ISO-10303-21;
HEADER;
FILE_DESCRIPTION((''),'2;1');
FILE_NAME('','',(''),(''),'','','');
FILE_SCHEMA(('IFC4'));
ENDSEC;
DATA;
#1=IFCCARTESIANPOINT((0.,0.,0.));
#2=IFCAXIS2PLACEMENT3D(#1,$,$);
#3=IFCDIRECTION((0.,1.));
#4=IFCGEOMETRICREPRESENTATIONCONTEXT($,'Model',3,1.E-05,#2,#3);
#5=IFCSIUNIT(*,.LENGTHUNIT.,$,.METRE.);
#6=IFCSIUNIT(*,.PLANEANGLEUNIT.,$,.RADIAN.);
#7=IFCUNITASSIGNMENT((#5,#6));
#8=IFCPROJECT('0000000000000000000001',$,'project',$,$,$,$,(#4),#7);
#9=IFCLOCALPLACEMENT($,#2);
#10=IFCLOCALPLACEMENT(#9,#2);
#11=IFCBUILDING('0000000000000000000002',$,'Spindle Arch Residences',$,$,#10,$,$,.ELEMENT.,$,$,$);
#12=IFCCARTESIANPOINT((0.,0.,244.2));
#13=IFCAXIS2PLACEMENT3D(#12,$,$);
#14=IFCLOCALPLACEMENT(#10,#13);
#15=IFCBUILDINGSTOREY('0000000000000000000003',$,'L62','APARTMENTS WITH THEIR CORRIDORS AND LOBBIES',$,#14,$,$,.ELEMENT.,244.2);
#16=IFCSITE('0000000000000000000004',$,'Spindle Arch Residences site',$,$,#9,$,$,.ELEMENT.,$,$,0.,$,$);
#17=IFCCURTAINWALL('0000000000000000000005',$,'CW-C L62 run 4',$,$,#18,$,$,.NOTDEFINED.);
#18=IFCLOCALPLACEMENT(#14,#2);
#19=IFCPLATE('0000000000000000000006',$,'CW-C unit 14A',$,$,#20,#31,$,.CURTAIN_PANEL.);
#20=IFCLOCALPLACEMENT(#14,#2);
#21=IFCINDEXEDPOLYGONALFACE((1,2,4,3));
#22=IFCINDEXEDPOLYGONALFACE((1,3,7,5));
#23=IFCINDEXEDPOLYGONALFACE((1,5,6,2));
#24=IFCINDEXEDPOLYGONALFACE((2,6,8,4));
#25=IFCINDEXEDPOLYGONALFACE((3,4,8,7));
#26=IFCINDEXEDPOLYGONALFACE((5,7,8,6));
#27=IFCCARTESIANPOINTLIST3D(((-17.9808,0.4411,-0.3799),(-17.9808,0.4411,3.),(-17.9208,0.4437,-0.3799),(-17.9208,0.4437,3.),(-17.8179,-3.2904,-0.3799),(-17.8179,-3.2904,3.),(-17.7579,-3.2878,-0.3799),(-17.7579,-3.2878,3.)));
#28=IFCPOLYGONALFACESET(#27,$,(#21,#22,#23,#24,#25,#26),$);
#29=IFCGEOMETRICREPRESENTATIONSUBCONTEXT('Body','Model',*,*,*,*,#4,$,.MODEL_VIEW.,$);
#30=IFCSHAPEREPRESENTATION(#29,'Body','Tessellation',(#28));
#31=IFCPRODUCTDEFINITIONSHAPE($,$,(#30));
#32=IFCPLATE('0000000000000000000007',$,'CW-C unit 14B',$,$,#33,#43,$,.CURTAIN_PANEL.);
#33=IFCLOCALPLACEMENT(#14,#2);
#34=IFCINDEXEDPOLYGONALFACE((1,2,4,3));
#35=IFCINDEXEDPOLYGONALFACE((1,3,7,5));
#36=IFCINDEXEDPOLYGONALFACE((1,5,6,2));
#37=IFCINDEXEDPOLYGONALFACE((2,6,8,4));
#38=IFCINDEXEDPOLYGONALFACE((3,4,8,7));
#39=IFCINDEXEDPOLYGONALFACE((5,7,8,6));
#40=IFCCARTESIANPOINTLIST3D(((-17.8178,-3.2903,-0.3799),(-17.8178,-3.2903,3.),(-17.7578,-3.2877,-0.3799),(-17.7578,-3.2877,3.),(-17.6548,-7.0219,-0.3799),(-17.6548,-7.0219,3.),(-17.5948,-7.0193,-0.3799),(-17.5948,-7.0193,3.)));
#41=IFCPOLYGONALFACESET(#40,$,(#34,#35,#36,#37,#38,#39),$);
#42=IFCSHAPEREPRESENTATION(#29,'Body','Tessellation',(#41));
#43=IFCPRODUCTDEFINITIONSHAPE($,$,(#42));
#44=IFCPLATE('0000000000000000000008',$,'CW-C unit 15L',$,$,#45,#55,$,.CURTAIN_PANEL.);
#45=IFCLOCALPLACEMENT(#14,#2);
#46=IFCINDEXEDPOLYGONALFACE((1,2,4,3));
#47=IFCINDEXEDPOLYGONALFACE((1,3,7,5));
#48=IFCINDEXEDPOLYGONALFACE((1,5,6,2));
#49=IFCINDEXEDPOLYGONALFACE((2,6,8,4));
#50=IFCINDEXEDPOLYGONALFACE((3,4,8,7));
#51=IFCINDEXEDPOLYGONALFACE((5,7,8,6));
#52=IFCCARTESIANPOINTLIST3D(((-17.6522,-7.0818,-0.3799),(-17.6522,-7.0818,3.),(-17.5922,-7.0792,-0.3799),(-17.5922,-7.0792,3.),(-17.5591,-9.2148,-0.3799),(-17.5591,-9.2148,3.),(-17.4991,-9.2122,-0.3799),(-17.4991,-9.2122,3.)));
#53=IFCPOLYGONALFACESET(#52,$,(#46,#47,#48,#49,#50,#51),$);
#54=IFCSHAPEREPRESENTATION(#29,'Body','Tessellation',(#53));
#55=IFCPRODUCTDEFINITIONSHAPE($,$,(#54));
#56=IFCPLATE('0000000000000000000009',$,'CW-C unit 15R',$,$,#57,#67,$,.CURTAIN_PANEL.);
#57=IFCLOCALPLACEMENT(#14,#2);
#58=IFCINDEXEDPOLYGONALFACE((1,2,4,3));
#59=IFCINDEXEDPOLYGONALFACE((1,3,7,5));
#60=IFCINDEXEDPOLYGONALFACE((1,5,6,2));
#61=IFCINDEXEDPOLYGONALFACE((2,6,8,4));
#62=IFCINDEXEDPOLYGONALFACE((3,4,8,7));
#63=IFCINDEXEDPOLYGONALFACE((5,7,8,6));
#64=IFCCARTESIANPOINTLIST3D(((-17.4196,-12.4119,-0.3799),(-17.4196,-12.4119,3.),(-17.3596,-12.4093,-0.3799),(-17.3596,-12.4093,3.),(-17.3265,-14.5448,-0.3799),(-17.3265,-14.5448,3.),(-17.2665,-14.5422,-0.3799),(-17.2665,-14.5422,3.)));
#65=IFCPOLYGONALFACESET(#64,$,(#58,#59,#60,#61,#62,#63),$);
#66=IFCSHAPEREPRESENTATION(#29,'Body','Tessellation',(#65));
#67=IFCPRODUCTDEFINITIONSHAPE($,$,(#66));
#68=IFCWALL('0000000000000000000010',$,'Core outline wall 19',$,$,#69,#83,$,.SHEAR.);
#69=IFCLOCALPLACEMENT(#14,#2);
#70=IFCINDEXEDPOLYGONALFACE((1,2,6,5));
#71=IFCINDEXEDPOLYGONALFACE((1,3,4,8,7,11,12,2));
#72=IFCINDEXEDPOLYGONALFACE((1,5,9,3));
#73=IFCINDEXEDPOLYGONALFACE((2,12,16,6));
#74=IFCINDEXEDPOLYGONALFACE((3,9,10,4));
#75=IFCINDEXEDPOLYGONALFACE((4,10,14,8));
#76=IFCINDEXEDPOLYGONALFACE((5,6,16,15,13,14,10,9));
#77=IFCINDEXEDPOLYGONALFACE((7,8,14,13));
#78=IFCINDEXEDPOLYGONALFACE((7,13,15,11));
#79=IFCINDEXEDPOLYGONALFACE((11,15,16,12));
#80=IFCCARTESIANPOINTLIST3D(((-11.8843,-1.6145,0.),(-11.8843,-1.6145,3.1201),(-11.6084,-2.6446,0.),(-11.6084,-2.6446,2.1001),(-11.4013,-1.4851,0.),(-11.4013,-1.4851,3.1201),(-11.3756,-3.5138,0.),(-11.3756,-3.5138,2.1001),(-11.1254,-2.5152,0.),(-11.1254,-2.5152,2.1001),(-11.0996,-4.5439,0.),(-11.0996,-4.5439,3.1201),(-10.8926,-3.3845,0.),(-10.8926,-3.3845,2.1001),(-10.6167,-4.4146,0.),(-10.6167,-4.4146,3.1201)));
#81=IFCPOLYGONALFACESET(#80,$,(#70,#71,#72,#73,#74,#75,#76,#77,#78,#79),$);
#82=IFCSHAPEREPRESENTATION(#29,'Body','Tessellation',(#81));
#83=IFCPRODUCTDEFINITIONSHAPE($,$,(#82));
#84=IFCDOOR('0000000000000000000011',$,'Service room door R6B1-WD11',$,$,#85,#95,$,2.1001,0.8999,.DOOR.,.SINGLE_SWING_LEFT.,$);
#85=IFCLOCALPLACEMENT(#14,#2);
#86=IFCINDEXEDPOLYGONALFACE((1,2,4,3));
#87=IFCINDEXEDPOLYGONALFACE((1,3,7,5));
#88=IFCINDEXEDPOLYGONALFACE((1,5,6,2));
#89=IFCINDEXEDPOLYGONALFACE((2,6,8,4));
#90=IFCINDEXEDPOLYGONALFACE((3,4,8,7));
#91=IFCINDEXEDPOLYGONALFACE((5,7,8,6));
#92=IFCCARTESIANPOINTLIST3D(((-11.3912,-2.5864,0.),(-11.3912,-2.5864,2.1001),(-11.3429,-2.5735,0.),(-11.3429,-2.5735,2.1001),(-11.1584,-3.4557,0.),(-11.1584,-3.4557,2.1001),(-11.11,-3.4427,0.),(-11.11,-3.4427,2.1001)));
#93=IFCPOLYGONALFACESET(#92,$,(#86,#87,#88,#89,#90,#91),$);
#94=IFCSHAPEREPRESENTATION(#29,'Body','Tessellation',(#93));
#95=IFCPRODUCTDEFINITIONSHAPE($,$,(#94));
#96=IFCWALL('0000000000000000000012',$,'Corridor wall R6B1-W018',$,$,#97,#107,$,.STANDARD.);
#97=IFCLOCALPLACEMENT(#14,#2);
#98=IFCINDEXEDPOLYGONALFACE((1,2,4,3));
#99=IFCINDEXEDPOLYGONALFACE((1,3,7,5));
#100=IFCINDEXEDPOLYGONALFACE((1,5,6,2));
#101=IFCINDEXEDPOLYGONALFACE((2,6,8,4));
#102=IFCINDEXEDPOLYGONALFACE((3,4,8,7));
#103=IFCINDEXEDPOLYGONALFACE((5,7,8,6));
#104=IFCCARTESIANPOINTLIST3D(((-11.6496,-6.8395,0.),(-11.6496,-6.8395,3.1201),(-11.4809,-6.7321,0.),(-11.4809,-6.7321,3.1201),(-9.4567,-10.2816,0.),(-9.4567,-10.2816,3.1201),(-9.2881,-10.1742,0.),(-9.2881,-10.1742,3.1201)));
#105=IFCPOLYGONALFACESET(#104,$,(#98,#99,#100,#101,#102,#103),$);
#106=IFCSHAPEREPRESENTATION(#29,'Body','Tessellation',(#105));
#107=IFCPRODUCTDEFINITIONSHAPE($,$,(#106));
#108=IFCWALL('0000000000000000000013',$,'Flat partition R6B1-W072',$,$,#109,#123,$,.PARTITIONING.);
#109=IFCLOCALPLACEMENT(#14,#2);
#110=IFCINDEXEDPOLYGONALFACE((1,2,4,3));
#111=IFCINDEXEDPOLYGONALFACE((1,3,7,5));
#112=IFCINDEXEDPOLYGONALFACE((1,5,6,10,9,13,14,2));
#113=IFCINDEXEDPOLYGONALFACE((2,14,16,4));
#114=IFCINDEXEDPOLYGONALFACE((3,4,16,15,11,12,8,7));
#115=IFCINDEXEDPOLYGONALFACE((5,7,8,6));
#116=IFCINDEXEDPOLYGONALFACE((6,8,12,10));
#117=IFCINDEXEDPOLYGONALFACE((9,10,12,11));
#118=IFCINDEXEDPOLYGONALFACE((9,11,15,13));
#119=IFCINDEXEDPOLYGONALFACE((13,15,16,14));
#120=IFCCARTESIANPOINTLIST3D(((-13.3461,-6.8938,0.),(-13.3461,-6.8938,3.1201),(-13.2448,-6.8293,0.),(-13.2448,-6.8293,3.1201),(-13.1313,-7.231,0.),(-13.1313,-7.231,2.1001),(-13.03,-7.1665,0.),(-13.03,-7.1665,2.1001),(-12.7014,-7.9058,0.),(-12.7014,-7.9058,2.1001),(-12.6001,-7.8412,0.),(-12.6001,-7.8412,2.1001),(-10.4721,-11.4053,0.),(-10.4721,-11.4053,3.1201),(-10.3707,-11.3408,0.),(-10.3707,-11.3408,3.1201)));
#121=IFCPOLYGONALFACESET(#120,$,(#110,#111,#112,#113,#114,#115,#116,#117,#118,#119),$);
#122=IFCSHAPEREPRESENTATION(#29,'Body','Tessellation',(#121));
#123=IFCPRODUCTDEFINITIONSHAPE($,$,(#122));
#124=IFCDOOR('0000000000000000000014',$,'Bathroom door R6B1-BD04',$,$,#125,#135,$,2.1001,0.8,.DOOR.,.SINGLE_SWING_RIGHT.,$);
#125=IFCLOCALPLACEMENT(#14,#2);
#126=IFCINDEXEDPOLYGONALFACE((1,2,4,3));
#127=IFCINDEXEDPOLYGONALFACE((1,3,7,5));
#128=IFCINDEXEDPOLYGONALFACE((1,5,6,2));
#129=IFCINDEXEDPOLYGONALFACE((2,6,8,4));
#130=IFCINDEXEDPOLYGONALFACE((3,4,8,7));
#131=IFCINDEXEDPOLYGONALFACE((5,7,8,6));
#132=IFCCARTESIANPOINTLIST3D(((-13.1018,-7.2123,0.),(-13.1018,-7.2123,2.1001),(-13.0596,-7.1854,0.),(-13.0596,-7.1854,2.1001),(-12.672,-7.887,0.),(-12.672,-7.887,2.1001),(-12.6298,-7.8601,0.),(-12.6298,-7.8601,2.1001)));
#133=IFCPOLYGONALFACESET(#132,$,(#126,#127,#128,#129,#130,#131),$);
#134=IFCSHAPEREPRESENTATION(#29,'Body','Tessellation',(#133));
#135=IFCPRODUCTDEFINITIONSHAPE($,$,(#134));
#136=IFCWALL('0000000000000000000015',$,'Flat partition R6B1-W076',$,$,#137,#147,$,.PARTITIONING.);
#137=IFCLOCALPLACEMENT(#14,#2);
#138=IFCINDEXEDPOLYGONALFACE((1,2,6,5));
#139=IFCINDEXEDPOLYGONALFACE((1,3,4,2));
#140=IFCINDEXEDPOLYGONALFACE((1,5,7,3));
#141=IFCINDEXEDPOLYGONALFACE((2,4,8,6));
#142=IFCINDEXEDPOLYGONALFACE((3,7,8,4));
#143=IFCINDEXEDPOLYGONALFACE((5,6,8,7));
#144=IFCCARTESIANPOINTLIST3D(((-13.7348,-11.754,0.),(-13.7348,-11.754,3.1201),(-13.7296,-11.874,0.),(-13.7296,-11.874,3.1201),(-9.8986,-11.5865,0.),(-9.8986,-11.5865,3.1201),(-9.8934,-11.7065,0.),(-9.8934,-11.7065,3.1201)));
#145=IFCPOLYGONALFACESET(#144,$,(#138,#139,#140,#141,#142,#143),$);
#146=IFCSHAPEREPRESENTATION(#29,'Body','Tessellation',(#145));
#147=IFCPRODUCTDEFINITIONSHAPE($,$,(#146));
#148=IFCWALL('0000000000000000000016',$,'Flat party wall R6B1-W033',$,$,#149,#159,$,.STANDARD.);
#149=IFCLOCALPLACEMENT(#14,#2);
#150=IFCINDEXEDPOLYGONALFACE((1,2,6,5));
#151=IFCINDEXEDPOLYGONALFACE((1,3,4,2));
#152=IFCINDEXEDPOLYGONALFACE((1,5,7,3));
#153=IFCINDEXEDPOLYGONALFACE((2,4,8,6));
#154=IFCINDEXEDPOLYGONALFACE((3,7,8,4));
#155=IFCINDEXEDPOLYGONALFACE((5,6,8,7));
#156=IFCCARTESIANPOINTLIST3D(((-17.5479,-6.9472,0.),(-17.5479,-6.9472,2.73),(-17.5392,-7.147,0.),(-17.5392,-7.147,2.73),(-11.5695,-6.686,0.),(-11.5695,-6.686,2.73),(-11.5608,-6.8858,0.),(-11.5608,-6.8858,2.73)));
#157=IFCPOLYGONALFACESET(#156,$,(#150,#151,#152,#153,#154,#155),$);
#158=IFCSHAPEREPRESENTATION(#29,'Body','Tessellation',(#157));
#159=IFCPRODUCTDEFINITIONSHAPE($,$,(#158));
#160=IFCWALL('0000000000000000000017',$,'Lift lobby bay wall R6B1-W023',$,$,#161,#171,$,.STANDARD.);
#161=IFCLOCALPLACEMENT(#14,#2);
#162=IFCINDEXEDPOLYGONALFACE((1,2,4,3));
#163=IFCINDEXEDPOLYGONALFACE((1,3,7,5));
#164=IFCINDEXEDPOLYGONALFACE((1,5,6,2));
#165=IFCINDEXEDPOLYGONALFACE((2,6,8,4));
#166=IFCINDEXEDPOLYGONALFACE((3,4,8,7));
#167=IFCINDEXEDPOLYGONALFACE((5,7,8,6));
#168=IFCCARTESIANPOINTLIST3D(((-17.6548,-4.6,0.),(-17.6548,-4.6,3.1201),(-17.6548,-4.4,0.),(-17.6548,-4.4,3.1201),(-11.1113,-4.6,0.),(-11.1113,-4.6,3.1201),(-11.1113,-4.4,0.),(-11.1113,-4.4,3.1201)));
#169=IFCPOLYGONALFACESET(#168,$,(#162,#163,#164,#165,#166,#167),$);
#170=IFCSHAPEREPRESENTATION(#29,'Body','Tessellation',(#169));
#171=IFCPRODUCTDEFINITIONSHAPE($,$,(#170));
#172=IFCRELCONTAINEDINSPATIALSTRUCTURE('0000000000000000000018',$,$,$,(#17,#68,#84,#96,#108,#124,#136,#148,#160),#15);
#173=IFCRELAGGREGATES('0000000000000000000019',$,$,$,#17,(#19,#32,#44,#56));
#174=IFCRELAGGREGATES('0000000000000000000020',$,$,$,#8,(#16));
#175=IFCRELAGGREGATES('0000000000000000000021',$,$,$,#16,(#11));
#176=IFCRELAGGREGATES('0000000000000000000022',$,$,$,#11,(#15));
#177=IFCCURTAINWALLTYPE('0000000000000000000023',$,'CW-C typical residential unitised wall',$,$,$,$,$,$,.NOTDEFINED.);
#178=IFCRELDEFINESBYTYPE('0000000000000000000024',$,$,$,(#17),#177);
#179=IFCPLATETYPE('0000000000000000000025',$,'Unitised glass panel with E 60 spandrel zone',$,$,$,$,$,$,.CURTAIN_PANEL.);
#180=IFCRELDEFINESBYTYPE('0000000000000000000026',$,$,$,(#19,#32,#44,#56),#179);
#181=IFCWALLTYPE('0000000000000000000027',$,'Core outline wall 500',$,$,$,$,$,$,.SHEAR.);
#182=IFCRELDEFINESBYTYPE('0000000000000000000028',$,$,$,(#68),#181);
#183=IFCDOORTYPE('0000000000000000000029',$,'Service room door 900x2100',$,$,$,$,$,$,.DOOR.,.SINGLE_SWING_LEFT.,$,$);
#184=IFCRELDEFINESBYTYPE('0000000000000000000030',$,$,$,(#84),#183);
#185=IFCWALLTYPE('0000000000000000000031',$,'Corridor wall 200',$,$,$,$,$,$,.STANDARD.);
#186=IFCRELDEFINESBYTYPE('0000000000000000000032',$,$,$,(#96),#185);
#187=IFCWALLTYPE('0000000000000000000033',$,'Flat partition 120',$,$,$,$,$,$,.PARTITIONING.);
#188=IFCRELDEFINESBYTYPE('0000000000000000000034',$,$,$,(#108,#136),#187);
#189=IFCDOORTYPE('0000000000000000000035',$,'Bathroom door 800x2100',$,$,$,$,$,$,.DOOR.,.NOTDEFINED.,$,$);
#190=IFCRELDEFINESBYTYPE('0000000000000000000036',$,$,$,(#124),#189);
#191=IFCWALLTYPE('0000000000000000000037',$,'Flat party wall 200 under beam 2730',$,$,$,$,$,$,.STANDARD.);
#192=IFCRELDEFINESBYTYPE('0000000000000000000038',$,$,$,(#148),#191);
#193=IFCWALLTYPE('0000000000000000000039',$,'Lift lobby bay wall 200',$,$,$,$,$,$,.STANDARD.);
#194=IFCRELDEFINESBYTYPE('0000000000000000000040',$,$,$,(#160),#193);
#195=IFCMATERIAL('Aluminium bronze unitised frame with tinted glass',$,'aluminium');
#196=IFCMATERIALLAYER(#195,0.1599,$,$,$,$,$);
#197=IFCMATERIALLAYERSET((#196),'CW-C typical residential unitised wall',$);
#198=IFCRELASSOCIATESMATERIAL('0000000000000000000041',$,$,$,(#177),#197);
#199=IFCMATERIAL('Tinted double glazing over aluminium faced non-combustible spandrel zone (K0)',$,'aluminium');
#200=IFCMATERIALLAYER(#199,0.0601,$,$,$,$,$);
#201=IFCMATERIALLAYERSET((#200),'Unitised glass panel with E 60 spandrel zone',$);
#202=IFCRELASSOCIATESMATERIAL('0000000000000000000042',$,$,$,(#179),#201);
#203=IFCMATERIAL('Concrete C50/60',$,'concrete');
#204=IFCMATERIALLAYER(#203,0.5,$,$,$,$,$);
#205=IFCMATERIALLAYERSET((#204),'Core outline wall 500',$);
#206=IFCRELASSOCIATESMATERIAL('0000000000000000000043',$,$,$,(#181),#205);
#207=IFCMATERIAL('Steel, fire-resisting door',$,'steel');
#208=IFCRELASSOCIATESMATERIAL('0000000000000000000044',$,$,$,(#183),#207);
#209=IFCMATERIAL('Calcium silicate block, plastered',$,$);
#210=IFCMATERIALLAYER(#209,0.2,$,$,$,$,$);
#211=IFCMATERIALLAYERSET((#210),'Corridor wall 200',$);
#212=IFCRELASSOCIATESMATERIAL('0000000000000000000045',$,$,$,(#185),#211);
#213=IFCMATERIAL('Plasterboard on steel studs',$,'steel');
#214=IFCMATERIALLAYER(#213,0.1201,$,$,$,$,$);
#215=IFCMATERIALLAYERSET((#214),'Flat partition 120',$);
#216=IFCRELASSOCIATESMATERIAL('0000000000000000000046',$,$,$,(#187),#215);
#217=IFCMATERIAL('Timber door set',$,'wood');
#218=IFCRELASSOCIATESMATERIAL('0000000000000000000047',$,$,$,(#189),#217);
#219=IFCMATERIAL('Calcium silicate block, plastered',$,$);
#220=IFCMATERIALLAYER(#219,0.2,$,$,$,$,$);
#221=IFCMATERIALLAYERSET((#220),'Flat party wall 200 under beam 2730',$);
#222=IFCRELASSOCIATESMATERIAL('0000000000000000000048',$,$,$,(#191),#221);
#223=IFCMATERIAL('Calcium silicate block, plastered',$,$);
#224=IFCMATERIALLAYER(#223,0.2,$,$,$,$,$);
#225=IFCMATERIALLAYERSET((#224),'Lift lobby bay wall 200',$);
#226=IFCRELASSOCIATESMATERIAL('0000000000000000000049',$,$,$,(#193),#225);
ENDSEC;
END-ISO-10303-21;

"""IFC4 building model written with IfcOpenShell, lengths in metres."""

from ifc_helpers import new_model, si_unit, direction, frame, frame_2d, origin, origin_2d, place, context, subcontext, project, spatial, rectangle, extrude, material, layer, layer_set, type_object, element, fill, aggregate, save


model = new_model("IFC4")

# Units and contexts
model_context = context("Model", 3, precision=1e-05, world=origin(), true_north=direction((0.0, 1.0)))
body_context = subcontext(model_context, "Body", "Model", "MODEL_VIEW")
ifc_project = project(units=[si_unit("LENGTHUNIT", "METRE"), si_unit("PLANEANGLEUNIT", "RADIAN")], contexts=[model_context])

# Site, building, storey
site_placement = place(None, origin())
site = spatial("IfcSite", under=ifc_project, at=site_placement, Name="Spindle Arch Residences site", CompositionType="ELEMENT", RefElevation=0.0)
building_placement = place(site_placement, origin())
building = spatial("IfcBuilding", under=site, at=building_placement, Name="Spindle Arch Residences", CompositionType="ELEMENT")
storey_placement = place(building_placement, frame((0.0, 0.0, 244.2)))
storey = spatial("IfcBuildingStorey", under=building, at=storey_placement, Name="L62", Description="APARTMENTS WITH THEIR CORRIDORS AND LOBBIES", CompositionType="ELEMENT", Elevation=244.2)

# Curtain wall
ifc_material_1 = material(Name="Aluminium bronze unitised frame with tinted glass", Category="aluminium")
ifc_layer_1 = layer(ifc_material_1, 0.1599)
ifc_layer_set_1 = layer_set([ifc_layer_1], Name="CW-C typical residential unitised wall")
curtain_wall_type_1 = type_object("IfcCurtainWallType", Name="CW-C typical residential unitised wall", PredefinedType="NOTDEFINED", material=ifc_layer_set_1)
curtain_wall_1_placement = place(storey_placement, origin())
curtain_wall_1 = element("IfcCurtainWall", 1, at=curtain_wall_1_placement, inside=storey, type_object=curtain_wall_type_1, Name="CW-C L62 run 4", PredefinedType="NOTDEFINED")

# Plates
ifc_material_2 = material(Name="Tinted double glazing over aluminium faced non-combustible spandrel zone (K0)", Category="aluminium")
ifc_layer_2 = layer(ifc_material_2, 0.0601)
ifc_layer_set_2 = layer_set([ifc_layer_2], Name="Unitised glass panel with E 60 spandrel zone")
plate_type = type_object("IfcPlateType", Name="Unitised glass panel with E 60 spandrel zone", PredefinedType="CURTAIN_PANEL", material=ifc_layer_set_2)
plate_1_placement = place(storey_placement, frame((-17.8694, -1.4233, -0.3799), z_axis=(0.0, 0.0, 1.0), x_axis=(0.043619, -0.999048, 0.0)))
plate_1 = element("IfcPlate", 2, at=plate_1_placement, type_object=plate_type, Name="CW-C unit 14A", PredefinedType="CURTAIN_PANEL", context=body_context, shape_type="SweptSolid", body=[
    extrude(rectangle(XDim=3.7351, YDim=0.0601, at=origin_2d()), origin(), (0.0, 0.0, 1.0), 3.3799),
])
plate_2_placement = place(storey_placement, frame((-17.7063, -5.1548, -0.3799), z_axis=(0.0, 0.0, 1.0), x_axis=(0.043619, -0.999048, 0.0)))
plate_2 = element("IfcPlate", 3, at=plate_2_placement, type_object=plate_type, Name="CW-C unit 14B", PredefinedType="CURTAIN_PANEL", context=body_context, shape_type="SweptSolid", body=[
    extrude(rectangle(XDim=3.7351, YDim=0.0601, at=origin_2d()), origin(), (0.0, 0.0, 1.0), 3.3799),
])
plate_3_placement = place(storey_placement, frame((-17.5757, -8.147, -0.3799), z_axis=(0.0, 0.0, 1.0), x_axis=(0.043619, -0.999048, 0.0)))
plate_3 = element("IfcPlate", 4, at=plate_3_placement, type_object=plate_type, Name="CW-C unit 15L", PredefinedType="CURTAIN_PANEL", context=body_context, shape_type="SweptSolid", body=[
    extrude(rectangle(XDim=2.135, YDim=0.0601, at=origin_2d()), origin(), (0.0, 0.0, 1.0), 3.3799),
])
plate_4_placement = place(storey_placement, frame((-17.343, -13.4771, -0.3799), z_axis=(0.0, 0.0, 1.0), x_axis=(0.043619, -0.999048, 0.0)))
plate_4 = element("IfcPlate", 5, at=plate_4_placement, type_object=plate_type, Name="CW-C unit 15R", PredefinedType="CURTAIN_PANEL", context=body_context, shape_type="SweptSolid", body=[
    extrude(rectangle(XDim=2.135, YDim=0.0601, at=origin_2d()), origin(), (0.0, 0.0, 1.0), 3.3799),
])
aggregate(curtain_wall_1, [plate_1, plate_2, plate_3, plate_4])

# Wall, opening, door
ifc_material_3 = material(Name="Concrete C50/60", Category="concrete")
ifc_layer_3 = layer(ifc_material_3, 0.5)
ifc_layer_set_3 = layer_set([ifc_layer_3], Name="Core outline wall 500")
wall_type_1 = type_object("IfcWallType", Name="Core outline wall 500", PredefinedType="SHEAR", material=ifc_layer_set_3)
wall_1_placement = place(storey_placement, frame((-11.6428, -1.5498, 0.0), z_axis=(0.0, 0.0, 1.0), x_axis=(0.258735, -0.965948, 0.0)))
wall_1 = element("IfcWall", 6, at=wall_1_placement, inside=storey, type_object=wall_type_1, Name="Core outline wall 19", PredefinedType="SHEAR", context=body_context, shape_type="SweptSolid", body=[
    extrude(rectangle(XDim=3.0327, YDim=0.5, at=frame_2d((1.5164, 0.0))), origin(), (0.0, 0.0, 1.0), 3.1201),
])
opening_1_placement = place(wall_1_placement, frame((1.0664, 0.0, 0.0)))
opening_1 = element("IfcOpeningElement", 7, at=opening_1_placement, cuts=wall_1, PredefinedType="OPENING", context=body_context, shape_type="SweptSolid", body=[
    extrude(rectangle(XDim=0.8999, YDim=2.1001, at=frame_2d((0.45, 1.05))), frame((0.0, 0.26, 0.0), z_axis=(0.0, -1.0, 0.0), x_axis=(1.0, 0.0, 0.0)), (0.0, 0.0, 1.0), 0.52),
])
ifc_material_4 = material(Name="Steel, fire-resisting door", Category="steel")
door_type_1 = type_object("IfcDoorType", Name="Service room door 900x2100", OperationType="SINGLE_SWING_LEFT", PredefinedType="DOOR", material=ifc_material_4)
door_1_placement = place(opening_1_placement, origin())
door_1 = element("IfcDoor", 8, at=door_1_placement, inside=storey, type_object=door_type_1, Name="Service room door R6B1-WD11", OperationType="SINGLE_SWING_LEFT", OverallHeight=2.1001, OverallWidth=0.8999, PredefinedType="DOOR", context=body_context, shape_type="SweptSolid", body=[
    extrude(rectangle(XDim=0.8999, YDim=2.1001, at=frame_2d((0.45, 1.05))), frame((0.0, 0.0249, 0.0), z_axis=(0.0, -1.0, 0.0), x_axis=(1.0, 0.0, 0.0)), (0.0, 0.0, 1.0), 0.05),
])
fill(opening_1, door_1)

# Wall
ifc_material_5 = material(Name="Calcium silicate block, plastered")
ifc_layer_4 = layer(ifc_material_5, 0.2)
ifc_layer_set_4 = layer_set([ifc_layer_4], Name="Corridor wall 200")
wall_type_2 = type_object("IfcWallType", Name="Corridor wall 200", PredefinedType="STANDARD", material=ifc_layer_set_4)
wall_2_placement = place(storey_placement, frame((-11.5652, -6.7859, 0.0), z_axis=(0.0, 0.0, 1.0), x_axis=(0.537297, -0.843393, 0.0)))
element("IfcWall", 9, at=wall_2_placement, inside=storey, type_object=wall_type_2, Name="Corridor wall R6B1-W018", PredefinedType="STANDARD", context=body_context, shape_type="SweptSolid", body=[
    extrude(rectangle(XDim=4.0813, YDim=0.2, at=frame_2d((2.0405, 0.0))), origin(), (0.0, 0.0, 1.0), 3.1201),
])

# Wall, opening, door
ifc_material_6 = material(Name="Plasterboard on steel studs", Category="steel")
ifc_layer_5 = layer(ifc_material_6, 0.1201)
ifc_layer_set_5 = layer_set([ifc_layer_5], Name="Flat partition 120")
wall_type_3 = type_object("IfcWallType", Name="Flat partition 120", PredefinedType="PARTITIONING", material=ifc_layer_set_5)
wall_3_placement = place(storey_placement, frame((-13.2954, -6.8616, 0.0), z_axis=(0.0, 0.0, 1.0), x_axis=(0.537286, -0.8434, 0.0)))
wall_3 = element("IfcWall", 10, at=wall_3_placement, inside=storey, type_object=wall_type_3, Name="Flat partition R6B1-W072", PredefinedType="PARTITIONING", context=body_context, shape_type="SweptSolid", body=[
    extrude(rectangle(XDim=5.3491, YDim=0.1201, at=frame_2d((2.6746, 0.0))), origin(), (0.0, 0.0, 1.0), 3.1201),
])
opening_2_placement = place(wall_3_placement, frame((0.3999, 0.0, 0.0)))
opening_2 = element("IfcOpeningElement", 11, at=opening_2_placement, cuts=wall_3, PredefinedType="OPENING", context=body_context, shape_type="SweptSolid", body=[
    extrude(rectangle(XDim=0.8, YDim=2.1001, at=frame_2d((0.3999, 1.05))), frame((0.0, 0.0701, 0.0), z_axis=(0.0, -1.0, 0.0), x_axis=(1.0, 0.0, 0.0)), (0.0, 0.0, 1.0), 0.1401),
])
ifc_material_7 = material(Name="Timber door set", Category="wood")
door_type_2 = type_object("IfcDoorType", Name="Bathroom door 800x2100", OperationType="NOTDEFINED", PredefinedType="DOOR", material=ifc_material_7)
door_2_placement = place(opening_2_placement, origin())
door_2 = element("IfcDoor", 12, at=door_2_placement, inside=storey, type_object=door_type_2, Name="Bathroom door R6B1-BD04", OperationType="SINGLE_SWING_RIGHT", OverallHeight=2.1001, OverallWidth=0.8, PredefinedType="DOOR", context=body_context, shape_type="SweptSolid", body=[
    extrude(rectangle(XDim=0.8, YDim=2.1001, at=frame_2d((0.3999, 1.05))), frame((0.0, 0.0249, 0.0), z_axis=(0.0, -1.0, 0.0), x_axis=(1.0, 0.0, 0.0)), (0.0, 0.0, 1.0), 0.05),
])
fill(opening_2, door_2)

# Walls
wall_4_placement = place(storey_placement, frame((-13.7322, -11.814, 0.0), z_axis=(0.0, 0.0, 1.0), x_axis=(0.999048, 0.043617, 0.0)))
element("IfcWall", 13, at=wall_4_placement, inside=storey, type_object=wall_type_3, Name="Flat partition R6B1-W076", PredefinedType="PARTITIONING", context=body_context, shape_type="SweptSolid", body=[
    extrude(rectangle(XDim=3.8398, YDim=0.1201, at=frame_2d((1.9199, 0.0))), origin(), (0.0, 0.0, 1.0), 3.1201),
])
ifc_material_8 = material(Name="Calcium silicate block, plastered")
ifc_layer_6 = layer(ifc_material_8, 0.2)
ifc_layer_set_6 = layer_set([ifc_layer_6], Name="Flat party wall 200 under beam 2730")
wall_type_4 = type_object("IfcWallType", Name="Flat party wall 200 under beam 2730", PredefinedType="STANDARD", material=ifc_layer_set_6)
wall_5_placement = place(storey_placement, frame((-17.5437, -7.0471, 0.0), z_axis=(0.0, 0.0, 1.0), x_axis=(0.999047, 0.043653, 0.0)))
element("IfcWall", 14, at=wall_5_placement, inside=storey, type_object=wall_type_4, Name="Flat party wall R6B1-W033", PredefinedType="STANDARD", context=body_context, shape_type="SweptSolid", body=[
    extrude(rectangle(XDim=5.9841, YDim=0.2, at=frame_2d((2.9922, 0.0))), origin(), (0.0, 0.0, 1.0), 2.73),
])

# Wall
ifc_material_9 = material(Name="Calcium silicate block, plastered")
ifc_layer_7 = layer(ifc_material_9, 0.2)
ifc_layer_set_7 = layer_set([ifc_layer_7], Name="Lift lobby bay wall 200")
wall_type_5 = type_object("IfcWallType", Name="Lift lobby bay wall 200", PredefinedType="STANDARD", material=ifc_layer_set_7)
wall_6_placement = place(storey_placement, frame((-17.6548, -4.5, 0.0), z_axis=(0.0, 0.0, 1.0), x_axis=(1.0, 0.0, 0.0)))
element("IfcWall", 15, at=wall_6_placement, inside=storey, type_object=wall_type_5, Name="Lift lobby bay wall R6B1-W023", PredefinedType="STANDARD", context=body_context, shape_type="SweptSolid", body=[
    extrude(rectangle(XDim=6.5435, YDim=0.2, at=frame_2d((3.2717, 0.0))), origin(), (0.0, 0.0, 1.0), 3.1201),
])

save(model, "model.ifc")
